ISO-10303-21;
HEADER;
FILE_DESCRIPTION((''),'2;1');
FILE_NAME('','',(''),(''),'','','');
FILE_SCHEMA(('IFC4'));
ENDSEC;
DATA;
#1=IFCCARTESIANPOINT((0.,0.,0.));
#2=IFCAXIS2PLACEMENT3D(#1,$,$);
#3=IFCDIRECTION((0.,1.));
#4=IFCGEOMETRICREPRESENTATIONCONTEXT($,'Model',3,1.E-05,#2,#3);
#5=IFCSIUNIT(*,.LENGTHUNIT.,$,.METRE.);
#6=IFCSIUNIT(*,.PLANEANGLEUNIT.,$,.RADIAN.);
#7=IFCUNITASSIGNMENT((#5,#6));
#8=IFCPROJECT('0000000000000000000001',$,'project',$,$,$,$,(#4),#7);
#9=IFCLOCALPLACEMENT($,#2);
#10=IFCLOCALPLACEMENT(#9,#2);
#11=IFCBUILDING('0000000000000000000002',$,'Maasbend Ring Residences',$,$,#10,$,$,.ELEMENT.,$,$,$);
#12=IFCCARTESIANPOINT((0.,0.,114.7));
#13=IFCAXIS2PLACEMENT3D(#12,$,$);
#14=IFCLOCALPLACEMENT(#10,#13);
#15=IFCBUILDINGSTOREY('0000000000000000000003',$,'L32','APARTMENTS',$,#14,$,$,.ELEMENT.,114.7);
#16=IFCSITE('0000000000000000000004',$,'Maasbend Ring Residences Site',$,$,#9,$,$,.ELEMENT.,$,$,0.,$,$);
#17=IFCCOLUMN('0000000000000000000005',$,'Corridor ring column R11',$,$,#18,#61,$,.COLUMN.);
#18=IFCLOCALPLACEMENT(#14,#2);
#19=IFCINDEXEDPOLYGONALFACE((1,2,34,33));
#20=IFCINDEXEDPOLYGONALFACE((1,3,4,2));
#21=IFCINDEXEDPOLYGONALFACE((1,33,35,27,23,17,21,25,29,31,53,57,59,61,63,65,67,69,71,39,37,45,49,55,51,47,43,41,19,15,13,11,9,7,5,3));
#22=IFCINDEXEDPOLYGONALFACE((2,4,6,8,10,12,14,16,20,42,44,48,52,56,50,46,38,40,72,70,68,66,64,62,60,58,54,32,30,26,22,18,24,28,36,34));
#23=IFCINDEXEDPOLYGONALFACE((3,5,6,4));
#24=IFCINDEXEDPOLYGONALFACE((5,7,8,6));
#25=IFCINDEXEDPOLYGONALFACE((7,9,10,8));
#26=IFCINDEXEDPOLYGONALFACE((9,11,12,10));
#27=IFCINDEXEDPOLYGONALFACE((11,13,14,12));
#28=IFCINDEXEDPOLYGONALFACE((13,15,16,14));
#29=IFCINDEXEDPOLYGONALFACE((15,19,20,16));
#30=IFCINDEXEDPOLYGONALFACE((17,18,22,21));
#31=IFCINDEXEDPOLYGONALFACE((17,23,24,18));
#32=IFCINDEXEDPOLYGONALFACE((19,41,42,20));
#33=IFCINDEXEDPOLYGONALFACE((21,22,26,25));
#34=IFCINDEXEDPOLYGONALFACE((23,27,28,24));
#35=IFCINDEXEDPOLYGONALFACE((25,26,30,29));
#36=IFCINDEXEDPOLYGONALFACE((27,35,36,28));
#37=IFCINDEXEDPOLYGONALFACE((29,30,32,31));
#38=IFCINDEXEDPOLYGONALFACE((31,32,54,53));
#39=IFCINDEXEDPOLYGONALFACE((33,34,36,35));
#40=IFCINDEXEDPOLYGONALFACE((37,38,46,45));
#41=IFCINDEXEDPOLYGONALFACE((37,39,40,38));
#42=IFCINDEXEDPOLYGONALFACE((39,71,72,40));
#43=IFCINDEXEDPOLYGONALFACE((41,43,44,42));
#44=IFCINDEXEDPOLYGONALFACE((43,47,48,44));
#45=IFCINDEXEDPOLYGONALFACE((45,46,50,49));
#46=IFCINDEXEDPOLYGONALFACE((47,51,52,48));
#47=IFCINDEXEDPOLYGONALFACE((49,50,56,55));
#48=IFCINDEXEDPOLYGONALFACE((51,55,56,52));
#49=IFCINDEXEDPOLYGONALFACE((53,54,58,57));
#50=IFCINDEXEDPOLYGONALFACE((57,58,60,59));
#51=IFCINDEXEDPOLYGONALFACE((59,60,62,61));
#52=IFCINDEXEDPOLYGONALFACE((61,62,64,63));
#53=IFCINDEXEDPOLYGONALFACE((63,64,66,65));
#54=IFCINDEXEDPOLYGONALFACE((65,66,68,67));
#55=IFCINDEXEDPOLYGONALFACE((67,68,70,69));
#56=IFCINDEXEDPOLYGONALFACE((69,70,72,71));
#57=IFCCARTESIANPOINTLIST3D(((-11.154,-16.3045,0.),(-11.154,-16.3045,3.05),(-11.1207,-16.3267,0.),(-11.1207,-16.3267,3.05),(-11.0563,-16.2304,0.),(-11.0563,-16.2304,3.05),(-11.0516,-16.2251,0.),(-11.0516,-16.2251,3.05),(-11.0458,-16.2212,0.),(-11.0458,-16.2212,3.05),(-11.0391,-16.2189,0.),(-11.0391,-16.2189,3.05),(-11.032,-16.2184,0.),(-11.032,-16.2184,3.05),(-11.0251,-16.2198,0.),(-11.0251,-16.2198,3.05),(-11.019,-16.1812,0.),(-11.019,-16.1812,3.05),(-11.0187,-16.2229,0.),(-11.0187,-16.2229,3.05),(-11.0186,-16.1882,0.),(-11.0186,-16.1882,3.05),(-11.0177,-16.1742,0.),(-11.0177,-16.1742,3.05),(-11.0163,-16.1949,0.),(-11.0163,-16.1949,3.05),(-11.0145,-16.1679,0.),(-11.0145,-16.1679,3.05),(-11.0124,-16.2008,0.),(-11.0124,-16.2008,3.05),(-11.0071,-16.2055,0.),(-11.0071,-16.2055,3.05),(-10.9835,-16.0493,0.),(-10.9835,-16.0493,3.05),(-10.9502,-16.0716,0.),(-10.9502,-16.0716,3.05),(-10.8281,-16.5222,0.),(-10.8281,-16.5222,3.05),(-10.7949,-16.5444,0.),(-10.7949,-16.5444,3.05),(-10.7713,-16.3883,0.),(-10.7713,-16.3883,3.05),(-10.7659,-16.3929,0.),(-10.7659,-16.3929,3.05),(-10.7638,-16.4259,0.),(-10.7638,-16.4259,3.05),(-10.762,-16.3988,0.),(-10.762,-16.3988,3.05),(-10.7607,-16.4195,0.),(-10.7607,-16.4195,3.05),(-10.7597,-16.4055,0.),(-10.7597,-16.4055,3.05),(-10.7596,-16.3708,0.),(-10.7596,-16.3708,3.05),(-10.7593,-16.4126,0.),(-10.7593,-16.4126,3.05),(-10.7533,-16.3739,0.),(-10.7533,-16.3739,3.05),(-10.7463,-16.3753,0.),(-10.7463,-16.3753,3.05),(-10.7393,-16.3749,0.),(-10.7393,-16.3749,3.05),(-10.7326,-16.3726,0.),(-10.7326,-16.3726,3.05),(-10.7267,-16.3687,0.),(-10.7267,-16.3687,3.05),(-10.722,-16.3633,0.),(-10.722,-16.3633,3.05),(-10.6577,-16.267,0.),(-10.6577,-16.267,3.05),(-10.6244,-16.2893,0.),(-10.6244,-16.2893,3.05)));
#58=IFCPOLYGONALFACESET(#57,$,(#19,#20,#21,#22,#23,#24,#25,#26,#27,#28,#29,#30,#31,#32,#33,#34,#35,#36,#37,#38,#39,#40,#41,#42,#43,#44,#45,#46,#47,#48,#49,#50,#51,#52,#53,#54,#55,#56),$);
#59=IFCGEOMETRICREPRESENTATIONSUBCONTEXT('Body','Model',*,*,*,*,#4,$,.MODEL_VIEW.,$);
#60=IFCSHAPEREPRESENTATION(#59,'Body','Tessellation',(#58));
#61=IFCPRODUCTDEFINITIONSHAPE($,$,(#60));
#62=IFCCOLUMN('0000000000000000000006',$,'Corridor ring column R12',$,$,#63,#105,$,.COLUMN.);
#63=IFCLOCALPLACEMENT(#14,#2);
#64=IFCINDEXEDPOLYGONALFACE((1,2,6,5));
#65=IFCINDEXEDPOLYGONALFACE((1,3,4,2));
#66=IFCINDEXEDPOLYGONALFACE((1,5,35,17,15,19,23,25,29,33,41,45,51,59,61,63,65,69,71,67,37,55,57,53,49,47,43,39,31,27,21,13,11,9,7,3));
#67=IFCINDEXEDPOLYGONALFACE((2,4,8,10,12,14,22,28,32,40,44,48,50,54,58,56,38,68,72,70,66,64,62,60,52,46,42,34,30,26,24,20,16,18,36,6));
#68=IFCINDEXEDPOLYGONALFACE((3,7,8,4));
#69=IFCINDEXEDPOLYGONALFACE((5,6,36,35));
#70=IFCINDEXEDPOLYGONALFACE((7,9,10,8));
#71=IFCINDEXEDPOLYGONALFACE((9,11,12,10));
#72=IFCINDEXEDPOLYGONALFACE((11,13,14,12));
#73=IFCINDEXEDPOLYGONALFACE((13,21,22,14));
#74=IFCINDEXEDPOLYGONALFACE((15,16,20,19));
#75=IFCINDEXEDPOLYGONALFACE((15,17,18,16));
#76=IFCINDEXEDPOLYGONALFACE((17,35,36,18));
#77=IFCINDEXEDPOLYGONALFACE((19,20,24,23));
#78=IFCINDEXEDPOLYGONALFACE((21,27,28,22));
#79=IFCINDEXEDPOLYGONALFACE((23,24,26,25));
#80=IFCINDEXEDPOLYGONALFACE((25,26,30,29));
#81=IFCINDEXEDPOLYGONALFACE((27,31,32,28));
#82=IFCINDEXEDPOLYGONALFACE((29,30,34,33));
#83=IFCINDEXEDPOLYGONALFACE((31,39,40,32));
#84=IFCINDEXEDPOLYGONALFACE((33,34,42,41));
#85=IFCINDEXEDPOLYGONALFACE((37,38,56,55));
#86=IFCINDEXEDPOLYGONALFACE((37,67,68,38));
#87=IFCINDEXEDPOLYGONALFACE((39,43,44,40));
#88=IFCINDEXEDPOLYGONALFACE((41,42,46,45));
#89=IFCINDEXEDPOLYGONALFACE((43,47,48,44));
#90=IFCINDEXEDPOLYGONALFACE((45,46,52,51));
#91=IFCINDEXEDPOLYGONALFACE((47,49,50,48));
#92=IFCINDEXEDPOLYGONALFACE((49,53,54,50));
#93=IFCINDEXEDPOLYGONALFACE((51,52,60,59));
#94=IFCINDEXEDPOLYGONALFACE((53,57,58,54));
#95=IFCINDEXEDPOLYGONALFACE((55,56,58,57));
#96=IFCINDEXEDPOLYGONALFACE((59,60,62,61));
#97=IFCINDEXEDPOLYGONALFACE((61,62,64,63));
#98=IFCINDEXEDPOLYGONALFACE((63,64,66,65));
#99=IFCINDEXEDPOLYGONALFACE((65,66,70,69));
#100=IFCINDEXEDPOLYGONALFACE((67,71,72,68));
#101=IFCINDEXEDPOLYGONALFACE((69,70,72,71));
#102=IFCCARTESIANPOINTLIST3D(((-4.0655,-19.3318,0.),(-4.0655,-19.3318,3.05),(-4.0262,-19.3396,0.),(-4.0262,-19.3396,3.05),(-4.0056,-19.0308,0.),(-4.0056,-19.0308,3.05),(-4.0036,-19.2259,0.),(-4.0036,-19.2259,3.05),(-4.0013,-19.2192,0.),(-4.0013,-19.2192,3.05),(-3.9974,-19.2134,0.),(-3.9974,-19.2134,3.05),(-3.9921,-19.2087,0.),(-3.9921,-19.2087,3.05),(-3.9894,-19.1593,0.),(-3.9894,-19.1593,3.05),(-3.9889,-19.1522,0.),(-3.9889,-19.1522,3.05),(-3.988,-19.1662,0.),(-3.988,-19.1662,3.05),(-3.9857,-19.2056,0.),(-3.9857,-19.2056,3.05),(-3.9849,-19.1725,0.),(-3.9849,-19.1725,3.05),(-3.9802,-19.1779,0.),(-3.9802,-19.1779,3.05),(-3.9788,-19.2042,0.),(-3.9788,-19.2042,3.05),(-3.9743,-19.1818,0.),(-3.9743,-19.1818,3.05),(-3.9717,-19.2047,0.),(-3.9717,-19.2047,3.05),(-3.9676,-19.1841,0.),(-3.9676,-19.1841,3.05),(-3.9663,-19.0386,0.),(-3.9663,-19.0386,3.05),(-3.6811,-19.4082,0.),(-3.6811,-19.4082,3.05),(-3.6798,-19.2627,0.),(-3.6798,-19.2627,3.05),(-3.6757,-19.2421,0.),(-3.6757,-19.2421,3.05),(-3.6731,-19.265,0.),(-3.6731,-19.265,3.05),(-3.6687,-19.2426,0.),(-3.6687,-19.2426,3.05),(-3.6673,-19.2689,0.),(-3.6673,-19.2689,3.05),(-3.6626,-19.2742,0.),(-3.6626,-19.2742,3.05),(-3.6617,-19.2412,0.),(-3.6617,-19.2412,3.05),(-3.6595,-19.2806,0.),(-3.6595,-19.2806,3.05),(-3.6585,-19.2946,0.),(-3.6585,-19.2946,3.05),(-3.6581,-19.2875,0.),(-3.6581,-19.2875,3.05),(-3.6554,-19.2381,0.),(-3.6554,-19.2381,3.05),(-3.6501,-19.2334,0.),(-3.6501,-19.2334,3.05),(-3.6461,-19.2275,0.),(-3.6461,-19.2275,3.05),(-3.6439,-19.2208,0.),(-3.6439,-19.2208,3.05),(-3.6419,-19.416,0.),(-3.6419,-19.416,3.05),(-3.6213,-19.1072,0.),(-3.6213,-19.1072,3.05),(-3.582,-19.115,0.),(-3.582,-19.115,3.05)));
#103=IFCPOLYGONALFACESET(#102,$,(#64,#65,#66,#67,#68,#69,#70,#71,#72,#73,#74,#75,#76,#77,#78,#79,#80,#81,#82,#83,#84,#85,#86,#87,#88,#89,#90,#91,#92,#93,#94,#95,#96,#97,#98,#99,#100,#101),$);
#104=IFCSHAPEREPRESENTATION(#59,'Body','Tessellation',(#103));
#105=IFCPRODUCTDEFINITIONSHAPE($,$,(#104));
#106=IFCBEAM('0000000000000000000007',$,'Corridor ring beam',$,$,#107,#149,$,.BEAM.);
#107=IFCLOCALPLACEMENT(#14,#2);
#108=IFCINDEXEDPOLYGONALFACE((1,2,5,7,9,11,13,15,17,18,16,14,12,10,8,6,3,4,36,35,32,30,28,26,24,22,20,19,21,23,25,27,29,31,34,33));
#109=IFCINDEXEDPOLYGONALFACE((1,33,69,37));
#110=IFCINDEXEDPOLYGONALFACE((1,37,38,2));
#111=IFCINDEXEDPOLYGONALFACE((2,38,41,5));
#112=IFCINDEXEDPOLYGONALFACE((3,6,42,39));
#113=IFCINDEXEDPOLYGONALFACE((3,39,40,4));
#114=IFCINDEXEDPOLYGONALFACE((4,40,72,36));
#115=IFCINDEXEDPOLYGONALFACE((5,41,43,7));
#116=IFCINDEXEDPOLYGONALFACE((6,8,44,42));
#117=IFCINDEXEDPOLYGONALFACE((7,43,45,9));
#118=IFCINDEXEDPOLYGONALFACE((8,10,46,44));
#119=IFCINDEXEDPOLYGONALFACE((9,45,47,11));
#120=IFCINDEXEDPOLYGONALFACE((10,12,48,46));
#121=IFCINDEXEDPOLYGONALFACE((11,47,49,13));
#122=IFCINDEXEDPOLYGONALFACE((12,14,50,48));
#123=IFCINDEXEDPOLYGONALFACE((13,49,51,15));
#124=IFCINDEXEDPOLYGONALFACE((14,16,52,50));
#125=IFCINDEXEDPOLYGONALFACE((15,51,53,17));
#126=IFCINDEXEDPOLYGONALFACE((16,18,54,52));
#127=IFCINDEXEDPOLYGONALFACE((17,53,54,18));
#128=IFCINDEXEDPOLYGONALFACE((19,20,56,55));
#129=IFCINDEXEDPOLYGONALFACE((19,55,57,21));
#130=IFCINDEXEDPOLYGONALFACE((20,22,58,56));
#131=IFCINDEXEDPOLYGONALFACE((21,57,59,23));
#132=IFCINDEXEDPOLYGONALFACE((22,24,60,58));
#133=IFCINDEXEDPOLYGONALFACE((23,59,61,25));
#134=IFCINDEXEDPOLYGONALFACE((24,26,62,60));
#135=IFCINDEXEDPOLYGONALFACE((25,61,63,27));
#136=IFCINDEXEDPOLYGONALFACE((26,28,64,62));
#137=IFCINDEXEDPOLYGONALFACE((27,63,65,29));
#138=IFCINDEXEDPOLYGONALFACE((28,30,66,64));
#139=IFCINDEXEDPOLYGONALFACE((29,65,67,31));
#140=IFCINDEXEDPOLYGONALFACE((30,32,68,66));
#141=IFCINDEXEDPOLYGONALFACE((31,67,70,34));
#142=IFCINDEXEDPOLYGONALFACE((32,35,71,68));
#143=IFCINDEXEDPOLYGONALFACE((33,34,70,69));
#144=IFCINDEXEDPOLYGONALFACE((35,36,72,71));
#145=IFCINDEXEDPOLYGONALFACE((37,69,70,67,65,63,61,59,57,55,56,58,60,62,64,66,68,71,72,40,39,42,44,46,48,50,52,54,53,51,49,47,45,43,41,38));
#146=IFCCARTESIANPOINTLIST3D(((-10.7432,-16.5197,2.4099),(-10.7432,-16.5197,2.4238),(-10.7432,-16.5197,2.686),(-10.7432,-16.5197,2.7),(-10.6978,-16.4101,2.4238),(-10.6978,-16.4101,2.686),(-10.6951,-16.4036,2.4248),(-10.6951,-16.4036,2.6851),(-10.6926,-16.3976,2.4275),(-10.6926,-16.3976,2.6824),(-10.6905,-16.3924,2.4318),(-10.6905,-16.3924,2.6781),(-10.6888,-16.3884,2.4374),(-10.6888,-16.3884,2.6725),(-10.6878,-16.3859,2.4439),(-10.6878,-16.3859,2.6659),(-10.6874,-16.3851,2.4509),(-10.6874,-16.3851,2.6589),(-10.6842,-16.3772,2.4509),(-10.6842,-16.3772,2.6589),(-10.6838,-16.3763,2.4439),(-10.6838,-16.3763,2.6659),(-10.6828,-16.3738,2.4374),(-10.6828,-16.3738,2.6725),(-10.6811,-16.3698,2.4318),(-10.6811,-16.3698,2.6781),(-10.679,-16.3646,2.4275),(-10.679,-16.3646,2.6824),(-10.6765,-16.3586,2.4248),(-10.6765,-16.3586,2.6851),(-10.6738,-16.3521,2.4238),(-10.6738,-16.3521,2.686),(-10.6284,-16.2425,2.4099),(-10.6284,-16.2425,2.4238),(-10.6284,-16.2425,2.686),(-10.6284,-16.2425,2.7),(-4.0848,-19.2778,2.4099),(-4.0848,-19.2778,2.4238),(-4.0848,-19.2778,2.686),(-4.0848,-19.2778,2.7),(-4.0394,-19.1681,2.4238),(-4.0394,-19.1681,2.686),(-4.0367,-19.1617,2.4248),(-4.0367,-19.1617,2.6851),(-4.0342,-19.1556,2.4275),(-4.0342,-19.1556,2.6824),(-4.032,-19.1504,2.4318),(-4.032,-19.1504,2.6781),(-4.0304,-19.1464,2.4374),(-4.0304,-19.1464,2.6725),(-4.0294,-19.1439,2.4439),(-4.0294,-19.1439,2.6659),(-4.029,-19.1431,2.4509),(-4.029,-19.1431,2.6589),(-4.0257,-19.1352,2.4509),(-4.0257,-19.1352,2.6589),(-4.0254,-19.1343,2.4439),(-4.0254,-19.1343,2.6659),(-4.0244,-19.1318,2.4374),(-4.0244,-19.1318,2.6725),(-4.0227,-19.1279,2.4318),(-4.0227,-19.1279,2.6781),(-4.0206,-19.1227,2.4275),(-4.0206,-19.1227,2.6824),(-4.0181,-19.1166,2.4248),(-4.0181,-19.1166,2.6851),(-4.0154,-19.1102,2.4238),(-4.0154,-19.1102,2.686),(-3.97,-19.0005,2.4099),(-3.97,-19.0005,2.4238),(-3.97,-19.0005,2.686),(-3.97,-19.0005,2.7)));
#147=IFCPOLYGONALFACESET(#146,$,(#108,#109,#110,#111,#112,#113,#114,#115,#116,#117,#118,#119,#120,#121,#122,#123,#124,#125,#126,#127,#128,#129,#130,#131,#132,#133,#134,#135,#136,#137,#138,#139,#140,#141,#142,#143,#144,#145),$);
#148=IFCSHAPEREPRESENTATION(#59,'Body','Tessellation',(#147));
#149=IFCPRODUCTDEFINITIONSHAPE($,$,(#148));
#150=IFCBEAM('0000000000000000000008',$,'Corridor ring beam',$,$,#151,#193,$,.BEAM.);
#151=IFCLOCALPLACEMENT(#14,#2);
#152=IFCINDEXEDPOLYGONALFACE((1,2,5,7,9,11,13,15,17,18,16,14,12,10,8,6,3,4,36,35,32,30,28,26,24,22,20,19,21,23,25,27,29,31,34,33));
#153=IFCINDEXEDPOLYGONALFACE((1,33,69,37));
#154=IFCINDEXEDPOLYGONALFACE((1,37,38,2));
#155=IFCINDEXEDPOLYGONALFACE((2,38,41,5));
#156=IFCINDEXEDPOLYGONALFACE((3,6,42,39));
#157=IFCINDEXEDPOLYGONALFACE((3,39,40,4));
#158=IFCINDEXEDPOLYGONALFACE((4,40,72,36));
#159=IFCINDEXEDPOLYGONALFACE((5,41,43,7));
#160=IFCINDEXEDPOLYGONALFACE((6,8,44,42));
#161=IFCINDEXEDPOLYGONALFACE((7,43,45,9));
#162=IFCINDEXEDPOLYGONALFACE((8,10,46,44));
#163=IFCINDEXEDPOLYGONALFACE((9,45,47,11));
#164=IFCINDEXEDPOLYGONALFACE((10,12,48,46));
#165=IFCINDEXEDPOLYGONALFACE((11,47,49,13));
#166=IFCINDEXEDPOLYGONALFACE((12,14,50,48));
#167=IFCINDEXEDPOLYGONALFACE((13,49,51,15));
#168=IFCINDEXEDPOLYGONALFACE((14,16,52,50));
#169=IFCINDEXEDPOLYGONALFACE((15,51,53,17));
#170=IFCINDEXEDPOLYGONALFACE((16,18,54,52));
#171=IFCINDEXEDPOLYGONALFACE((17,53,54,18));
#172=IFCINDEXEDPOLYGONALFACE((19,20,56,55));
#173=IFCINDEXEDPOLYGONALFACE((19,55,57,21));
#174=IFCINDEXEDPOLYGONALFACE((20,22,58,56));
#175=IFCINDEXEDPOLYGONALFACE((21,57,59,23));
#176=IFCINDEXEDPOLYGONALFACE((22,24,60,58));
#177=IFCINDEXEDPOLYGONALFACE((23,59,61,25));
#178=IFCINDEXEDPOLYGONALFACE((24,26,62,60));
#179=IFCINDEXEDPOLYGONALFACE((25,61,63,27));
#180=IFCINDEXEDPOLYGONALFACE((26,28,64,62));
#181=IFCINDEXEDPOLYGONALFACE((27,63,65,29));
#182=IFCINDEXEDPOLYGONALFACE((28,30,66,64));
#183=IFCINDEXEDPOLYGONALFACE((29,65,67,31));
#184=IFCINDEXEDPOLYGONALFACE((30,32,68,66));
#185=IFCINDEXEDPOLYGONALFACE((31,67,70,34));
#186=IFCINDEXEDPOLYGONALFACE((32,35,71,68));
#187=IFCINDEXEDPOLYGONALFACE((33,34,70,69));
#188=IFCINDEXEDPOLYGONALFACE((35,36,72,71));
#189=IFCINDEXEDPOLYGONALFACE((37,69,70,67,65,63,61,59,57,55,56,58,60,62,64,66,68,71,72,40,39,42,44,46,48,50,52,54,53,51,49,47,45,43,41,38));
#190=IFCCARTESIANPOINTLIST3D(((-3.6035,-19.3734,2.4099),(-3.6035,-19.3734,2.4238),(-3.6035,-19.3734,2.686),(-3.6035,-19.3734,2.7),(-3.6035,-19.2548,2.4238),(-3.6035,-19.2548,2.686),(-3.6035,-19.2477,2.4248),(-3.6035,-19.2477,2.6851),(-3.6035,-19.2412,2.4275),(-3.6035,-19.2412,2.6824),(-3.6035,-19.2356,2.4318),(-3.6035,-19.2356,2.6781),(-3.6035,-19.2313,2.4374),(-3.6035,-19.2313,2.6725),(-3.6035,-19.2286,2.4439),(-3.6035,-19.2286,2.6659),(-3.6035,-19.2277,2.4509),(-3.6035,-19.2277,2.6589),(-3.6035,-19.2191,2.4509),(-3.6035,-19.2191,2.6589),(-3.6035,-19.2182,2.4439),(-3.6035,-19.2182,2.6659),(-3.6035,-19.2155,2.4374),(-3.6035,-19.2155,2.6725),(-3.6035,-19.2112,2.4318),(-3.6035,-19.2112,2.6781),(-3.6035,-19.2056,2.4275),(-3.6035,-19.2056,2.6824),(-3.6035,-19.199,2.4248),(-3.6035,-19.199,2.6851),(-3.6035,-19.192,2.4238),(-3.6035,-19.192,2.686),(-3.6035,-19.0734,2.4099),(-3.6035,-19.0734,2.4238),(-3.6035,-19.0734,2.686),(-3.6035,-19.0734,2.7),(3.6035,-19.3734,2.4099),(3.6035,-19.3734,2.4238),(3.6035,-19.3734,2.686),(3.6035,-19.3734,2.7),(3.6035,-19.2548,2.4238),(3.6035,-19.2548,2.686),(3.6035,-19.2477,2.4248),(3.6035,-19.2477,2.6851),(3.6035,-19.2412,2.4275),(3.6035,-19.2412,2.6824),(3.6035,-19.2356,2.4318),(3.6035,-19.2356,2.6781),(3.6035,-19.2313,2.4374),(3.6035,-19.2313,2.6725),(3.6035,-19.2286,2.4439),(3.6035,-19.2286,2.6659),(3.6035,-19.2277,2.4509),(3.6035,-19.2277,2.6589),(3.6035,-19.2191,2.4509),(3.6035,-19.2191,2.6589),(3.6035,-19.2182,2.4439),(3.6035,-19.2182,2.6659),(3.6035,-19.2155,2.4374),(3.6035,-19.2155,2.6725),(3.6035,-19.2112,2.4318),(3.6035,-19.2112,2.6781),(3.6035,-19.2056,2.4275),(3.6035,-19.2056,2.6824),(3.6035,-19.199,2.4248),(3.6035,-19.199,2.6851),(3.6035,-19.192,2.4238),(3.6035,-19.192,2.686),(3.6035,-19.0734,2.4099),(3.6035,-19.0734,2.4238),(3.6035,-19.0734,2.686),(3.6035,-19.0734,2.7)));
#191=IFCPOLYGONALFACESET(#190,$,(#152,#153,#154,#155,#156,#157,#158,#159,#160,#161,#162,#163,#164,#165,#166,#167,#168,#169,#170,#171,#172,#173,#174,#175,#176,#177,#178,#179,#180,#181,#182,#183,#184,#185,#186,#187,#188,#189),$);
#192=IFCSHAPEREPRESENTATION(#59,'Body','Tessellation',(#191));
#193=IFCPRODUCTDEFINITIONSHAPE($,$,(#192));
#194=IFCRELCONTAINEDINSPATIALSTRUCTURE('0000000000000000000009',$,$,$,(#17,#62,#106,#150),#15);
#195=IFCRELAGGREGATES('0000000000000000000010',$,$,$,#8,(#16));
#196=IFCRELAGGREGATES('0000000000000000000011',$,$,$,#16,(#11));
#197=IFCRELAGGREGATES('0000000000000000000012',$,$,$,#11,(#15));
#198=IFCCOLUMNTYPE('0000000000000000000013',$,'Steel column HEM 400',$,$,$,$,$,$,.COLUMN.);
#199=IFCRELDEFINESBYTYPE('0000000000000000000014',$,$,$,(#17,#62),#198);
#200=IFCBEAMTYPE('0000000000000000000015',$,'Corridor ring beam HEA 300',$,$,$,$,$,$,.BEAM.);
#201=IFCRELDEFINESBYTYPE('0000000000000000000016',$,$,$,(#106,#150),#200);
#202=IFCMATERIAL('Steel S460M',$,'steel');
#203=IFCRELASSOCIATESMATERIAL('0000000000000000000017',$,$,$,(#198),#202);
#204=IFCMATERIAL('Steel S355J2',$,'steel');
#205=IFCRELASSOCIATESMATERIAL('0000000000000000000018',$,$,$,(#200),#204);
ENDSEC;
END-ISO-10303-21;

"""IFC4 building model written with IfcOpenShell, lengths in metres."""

from ifc_helpers import new_model, si_unit, direction, frame, origin, origin_2d, place, context, subcontext, project, spatial, i_section, extrude, material, material_profile, profile_set, type_object, element, save


model = new_model("IFC4")

# Units and contexts
model_context = context("Model", 3, precision=1e-05, world=origin(), true_north=direction((0.0, 1.0)))
body_context = subcontext(model_context, "Body", "Model", "MODEL_VIEW")
ifc_project = project(units=[si_unit("LENGTHUNIT", "METRE"), si_unit("PLANEANGLEUNIT", "RADIAN")], contexts=[model_context])

# Site, building, storey
site_placement = place(None, origin())
site = spatial("IfcSite", under=ifc_project, at=site_placement, Name="Maasbend Ring Residences Site", CompositionType="ELEMENT", RefElevation=0.0)
building_placement = place(site_placement, origin())
building = spatial("IfcBuilding", under=site, at=building_placement, Name="Maasbend Ring Residences", CompositionType="ELEMENT")
storey_placement = place(building_placement, frame((0.0, 0.0, 114.7)))
storey = spatial("IfcBuildingStorey", under=building, at=storey_placement, Name="L32", Description="APARTMENTS", CompositionType="ELEMENT", Elevation=114.7)

# Columns
ifc_material_1 = material(Name="Steel S460M", Category="steel")
ifc_material_profile_1 = material_profile(ifc_material_1, i_section(OverallWidth=0.3069, OverallDepth=0.4319, WebThickness=0.021, FlangeThickness=0.04, FilletRadius=0.0271, at=origin_2d()), Name="HEM 400")
ifc_profile_set_1 = profile_set([ifc_material_profile_1], Name="Steel S460M")
column_type = type_object("IfcColumnType", Name="Steel column HEM 400", PredefinedType="COLUMN", material=ifc_profile_set_1)
for number, where, z_axis, x_axis, name in (
    (1, (-10.8892, -16.2969, 0.0), (0.0, 0.0, 1.0), (-0.55557, -0.83147, 0.0), "Corridor ring column R11"),
    (2, (-3.8237, -19.2234, 0.0), (0.0, 0.0, 1.0), (-0.19509, -0.980785, 0.0), "Corridor ring column R12"),
):
    element("IfcColumn", number, at=place(storey_placement, frame(where, z_axis=z_axis, x_axis=x_axis)), inside=storey, type_object=column_type, Name=name, PredefinedType="COLUMN", context=body_context, shape_type="SweptSolid", body=[
        extrude(i_section(OverallWidth=0.3069, OverallDepth=0.4319, WebThickness=0.021, FlangeThickness=0.04, FilletRadius=0.0271, at=origin_2d()), origin(), (0.0, 0.0, 1.0), 3.05),
    ])

# Beams
ifc_material_2 = material(Name="Steel S355J2", Category="steel")
ifc_material_profile_2 = material_profile(ifc_material_2, i_section(OverallWidth=0.3, OverallDepth=0.29, WebThickness=0.0085, FlangeThickness=0.0139, FilletRadius=0.0271, at=origin_2d()), Name="HEA 300")
ifc_profile_set_2 = profile_set([ifc_material_profile_2], Name="Steel S355J2")
beam_type = type_object("IfcBeamType", Name="Corridor ring beam HEA 300", PredefinedType="BEAM", material=ifc_profile_set_2)
for number, where, z_axis, x_axis, name in (
    (3, (-10.6858, -16.3811, 2.5549), (0.923878, -0.382688, 0.0), (0.382688, 0.923878, 0.0), "Corridor ring beam"),
    (4, (-3.6035, -19.2234, 2.5549), (1.0, 0.0, 0.0), (0.0, 1.0, 0.0), "Corridor ring beam"),
):
    element("IfcBeam", number, at=place(storey_placement, frame(where, z_axis=z_axis, x_axis=x_axis)), inside=storey, type_object=beam_type, Name=name, PredefinedType="BEAM", context=body_context, shape_type="SweptSolid", body=[
        extrude(i_section(OverallWidth=0.3, OverallDepth=0.29, WebThickness=0.0085, FlangeThickness=0.0139, FilletRadius=0.0271, at=origin_2d()), origin(), (0.0, 0.0, 1.0), 7.207),
    ])

save(model, "model.ifc")
